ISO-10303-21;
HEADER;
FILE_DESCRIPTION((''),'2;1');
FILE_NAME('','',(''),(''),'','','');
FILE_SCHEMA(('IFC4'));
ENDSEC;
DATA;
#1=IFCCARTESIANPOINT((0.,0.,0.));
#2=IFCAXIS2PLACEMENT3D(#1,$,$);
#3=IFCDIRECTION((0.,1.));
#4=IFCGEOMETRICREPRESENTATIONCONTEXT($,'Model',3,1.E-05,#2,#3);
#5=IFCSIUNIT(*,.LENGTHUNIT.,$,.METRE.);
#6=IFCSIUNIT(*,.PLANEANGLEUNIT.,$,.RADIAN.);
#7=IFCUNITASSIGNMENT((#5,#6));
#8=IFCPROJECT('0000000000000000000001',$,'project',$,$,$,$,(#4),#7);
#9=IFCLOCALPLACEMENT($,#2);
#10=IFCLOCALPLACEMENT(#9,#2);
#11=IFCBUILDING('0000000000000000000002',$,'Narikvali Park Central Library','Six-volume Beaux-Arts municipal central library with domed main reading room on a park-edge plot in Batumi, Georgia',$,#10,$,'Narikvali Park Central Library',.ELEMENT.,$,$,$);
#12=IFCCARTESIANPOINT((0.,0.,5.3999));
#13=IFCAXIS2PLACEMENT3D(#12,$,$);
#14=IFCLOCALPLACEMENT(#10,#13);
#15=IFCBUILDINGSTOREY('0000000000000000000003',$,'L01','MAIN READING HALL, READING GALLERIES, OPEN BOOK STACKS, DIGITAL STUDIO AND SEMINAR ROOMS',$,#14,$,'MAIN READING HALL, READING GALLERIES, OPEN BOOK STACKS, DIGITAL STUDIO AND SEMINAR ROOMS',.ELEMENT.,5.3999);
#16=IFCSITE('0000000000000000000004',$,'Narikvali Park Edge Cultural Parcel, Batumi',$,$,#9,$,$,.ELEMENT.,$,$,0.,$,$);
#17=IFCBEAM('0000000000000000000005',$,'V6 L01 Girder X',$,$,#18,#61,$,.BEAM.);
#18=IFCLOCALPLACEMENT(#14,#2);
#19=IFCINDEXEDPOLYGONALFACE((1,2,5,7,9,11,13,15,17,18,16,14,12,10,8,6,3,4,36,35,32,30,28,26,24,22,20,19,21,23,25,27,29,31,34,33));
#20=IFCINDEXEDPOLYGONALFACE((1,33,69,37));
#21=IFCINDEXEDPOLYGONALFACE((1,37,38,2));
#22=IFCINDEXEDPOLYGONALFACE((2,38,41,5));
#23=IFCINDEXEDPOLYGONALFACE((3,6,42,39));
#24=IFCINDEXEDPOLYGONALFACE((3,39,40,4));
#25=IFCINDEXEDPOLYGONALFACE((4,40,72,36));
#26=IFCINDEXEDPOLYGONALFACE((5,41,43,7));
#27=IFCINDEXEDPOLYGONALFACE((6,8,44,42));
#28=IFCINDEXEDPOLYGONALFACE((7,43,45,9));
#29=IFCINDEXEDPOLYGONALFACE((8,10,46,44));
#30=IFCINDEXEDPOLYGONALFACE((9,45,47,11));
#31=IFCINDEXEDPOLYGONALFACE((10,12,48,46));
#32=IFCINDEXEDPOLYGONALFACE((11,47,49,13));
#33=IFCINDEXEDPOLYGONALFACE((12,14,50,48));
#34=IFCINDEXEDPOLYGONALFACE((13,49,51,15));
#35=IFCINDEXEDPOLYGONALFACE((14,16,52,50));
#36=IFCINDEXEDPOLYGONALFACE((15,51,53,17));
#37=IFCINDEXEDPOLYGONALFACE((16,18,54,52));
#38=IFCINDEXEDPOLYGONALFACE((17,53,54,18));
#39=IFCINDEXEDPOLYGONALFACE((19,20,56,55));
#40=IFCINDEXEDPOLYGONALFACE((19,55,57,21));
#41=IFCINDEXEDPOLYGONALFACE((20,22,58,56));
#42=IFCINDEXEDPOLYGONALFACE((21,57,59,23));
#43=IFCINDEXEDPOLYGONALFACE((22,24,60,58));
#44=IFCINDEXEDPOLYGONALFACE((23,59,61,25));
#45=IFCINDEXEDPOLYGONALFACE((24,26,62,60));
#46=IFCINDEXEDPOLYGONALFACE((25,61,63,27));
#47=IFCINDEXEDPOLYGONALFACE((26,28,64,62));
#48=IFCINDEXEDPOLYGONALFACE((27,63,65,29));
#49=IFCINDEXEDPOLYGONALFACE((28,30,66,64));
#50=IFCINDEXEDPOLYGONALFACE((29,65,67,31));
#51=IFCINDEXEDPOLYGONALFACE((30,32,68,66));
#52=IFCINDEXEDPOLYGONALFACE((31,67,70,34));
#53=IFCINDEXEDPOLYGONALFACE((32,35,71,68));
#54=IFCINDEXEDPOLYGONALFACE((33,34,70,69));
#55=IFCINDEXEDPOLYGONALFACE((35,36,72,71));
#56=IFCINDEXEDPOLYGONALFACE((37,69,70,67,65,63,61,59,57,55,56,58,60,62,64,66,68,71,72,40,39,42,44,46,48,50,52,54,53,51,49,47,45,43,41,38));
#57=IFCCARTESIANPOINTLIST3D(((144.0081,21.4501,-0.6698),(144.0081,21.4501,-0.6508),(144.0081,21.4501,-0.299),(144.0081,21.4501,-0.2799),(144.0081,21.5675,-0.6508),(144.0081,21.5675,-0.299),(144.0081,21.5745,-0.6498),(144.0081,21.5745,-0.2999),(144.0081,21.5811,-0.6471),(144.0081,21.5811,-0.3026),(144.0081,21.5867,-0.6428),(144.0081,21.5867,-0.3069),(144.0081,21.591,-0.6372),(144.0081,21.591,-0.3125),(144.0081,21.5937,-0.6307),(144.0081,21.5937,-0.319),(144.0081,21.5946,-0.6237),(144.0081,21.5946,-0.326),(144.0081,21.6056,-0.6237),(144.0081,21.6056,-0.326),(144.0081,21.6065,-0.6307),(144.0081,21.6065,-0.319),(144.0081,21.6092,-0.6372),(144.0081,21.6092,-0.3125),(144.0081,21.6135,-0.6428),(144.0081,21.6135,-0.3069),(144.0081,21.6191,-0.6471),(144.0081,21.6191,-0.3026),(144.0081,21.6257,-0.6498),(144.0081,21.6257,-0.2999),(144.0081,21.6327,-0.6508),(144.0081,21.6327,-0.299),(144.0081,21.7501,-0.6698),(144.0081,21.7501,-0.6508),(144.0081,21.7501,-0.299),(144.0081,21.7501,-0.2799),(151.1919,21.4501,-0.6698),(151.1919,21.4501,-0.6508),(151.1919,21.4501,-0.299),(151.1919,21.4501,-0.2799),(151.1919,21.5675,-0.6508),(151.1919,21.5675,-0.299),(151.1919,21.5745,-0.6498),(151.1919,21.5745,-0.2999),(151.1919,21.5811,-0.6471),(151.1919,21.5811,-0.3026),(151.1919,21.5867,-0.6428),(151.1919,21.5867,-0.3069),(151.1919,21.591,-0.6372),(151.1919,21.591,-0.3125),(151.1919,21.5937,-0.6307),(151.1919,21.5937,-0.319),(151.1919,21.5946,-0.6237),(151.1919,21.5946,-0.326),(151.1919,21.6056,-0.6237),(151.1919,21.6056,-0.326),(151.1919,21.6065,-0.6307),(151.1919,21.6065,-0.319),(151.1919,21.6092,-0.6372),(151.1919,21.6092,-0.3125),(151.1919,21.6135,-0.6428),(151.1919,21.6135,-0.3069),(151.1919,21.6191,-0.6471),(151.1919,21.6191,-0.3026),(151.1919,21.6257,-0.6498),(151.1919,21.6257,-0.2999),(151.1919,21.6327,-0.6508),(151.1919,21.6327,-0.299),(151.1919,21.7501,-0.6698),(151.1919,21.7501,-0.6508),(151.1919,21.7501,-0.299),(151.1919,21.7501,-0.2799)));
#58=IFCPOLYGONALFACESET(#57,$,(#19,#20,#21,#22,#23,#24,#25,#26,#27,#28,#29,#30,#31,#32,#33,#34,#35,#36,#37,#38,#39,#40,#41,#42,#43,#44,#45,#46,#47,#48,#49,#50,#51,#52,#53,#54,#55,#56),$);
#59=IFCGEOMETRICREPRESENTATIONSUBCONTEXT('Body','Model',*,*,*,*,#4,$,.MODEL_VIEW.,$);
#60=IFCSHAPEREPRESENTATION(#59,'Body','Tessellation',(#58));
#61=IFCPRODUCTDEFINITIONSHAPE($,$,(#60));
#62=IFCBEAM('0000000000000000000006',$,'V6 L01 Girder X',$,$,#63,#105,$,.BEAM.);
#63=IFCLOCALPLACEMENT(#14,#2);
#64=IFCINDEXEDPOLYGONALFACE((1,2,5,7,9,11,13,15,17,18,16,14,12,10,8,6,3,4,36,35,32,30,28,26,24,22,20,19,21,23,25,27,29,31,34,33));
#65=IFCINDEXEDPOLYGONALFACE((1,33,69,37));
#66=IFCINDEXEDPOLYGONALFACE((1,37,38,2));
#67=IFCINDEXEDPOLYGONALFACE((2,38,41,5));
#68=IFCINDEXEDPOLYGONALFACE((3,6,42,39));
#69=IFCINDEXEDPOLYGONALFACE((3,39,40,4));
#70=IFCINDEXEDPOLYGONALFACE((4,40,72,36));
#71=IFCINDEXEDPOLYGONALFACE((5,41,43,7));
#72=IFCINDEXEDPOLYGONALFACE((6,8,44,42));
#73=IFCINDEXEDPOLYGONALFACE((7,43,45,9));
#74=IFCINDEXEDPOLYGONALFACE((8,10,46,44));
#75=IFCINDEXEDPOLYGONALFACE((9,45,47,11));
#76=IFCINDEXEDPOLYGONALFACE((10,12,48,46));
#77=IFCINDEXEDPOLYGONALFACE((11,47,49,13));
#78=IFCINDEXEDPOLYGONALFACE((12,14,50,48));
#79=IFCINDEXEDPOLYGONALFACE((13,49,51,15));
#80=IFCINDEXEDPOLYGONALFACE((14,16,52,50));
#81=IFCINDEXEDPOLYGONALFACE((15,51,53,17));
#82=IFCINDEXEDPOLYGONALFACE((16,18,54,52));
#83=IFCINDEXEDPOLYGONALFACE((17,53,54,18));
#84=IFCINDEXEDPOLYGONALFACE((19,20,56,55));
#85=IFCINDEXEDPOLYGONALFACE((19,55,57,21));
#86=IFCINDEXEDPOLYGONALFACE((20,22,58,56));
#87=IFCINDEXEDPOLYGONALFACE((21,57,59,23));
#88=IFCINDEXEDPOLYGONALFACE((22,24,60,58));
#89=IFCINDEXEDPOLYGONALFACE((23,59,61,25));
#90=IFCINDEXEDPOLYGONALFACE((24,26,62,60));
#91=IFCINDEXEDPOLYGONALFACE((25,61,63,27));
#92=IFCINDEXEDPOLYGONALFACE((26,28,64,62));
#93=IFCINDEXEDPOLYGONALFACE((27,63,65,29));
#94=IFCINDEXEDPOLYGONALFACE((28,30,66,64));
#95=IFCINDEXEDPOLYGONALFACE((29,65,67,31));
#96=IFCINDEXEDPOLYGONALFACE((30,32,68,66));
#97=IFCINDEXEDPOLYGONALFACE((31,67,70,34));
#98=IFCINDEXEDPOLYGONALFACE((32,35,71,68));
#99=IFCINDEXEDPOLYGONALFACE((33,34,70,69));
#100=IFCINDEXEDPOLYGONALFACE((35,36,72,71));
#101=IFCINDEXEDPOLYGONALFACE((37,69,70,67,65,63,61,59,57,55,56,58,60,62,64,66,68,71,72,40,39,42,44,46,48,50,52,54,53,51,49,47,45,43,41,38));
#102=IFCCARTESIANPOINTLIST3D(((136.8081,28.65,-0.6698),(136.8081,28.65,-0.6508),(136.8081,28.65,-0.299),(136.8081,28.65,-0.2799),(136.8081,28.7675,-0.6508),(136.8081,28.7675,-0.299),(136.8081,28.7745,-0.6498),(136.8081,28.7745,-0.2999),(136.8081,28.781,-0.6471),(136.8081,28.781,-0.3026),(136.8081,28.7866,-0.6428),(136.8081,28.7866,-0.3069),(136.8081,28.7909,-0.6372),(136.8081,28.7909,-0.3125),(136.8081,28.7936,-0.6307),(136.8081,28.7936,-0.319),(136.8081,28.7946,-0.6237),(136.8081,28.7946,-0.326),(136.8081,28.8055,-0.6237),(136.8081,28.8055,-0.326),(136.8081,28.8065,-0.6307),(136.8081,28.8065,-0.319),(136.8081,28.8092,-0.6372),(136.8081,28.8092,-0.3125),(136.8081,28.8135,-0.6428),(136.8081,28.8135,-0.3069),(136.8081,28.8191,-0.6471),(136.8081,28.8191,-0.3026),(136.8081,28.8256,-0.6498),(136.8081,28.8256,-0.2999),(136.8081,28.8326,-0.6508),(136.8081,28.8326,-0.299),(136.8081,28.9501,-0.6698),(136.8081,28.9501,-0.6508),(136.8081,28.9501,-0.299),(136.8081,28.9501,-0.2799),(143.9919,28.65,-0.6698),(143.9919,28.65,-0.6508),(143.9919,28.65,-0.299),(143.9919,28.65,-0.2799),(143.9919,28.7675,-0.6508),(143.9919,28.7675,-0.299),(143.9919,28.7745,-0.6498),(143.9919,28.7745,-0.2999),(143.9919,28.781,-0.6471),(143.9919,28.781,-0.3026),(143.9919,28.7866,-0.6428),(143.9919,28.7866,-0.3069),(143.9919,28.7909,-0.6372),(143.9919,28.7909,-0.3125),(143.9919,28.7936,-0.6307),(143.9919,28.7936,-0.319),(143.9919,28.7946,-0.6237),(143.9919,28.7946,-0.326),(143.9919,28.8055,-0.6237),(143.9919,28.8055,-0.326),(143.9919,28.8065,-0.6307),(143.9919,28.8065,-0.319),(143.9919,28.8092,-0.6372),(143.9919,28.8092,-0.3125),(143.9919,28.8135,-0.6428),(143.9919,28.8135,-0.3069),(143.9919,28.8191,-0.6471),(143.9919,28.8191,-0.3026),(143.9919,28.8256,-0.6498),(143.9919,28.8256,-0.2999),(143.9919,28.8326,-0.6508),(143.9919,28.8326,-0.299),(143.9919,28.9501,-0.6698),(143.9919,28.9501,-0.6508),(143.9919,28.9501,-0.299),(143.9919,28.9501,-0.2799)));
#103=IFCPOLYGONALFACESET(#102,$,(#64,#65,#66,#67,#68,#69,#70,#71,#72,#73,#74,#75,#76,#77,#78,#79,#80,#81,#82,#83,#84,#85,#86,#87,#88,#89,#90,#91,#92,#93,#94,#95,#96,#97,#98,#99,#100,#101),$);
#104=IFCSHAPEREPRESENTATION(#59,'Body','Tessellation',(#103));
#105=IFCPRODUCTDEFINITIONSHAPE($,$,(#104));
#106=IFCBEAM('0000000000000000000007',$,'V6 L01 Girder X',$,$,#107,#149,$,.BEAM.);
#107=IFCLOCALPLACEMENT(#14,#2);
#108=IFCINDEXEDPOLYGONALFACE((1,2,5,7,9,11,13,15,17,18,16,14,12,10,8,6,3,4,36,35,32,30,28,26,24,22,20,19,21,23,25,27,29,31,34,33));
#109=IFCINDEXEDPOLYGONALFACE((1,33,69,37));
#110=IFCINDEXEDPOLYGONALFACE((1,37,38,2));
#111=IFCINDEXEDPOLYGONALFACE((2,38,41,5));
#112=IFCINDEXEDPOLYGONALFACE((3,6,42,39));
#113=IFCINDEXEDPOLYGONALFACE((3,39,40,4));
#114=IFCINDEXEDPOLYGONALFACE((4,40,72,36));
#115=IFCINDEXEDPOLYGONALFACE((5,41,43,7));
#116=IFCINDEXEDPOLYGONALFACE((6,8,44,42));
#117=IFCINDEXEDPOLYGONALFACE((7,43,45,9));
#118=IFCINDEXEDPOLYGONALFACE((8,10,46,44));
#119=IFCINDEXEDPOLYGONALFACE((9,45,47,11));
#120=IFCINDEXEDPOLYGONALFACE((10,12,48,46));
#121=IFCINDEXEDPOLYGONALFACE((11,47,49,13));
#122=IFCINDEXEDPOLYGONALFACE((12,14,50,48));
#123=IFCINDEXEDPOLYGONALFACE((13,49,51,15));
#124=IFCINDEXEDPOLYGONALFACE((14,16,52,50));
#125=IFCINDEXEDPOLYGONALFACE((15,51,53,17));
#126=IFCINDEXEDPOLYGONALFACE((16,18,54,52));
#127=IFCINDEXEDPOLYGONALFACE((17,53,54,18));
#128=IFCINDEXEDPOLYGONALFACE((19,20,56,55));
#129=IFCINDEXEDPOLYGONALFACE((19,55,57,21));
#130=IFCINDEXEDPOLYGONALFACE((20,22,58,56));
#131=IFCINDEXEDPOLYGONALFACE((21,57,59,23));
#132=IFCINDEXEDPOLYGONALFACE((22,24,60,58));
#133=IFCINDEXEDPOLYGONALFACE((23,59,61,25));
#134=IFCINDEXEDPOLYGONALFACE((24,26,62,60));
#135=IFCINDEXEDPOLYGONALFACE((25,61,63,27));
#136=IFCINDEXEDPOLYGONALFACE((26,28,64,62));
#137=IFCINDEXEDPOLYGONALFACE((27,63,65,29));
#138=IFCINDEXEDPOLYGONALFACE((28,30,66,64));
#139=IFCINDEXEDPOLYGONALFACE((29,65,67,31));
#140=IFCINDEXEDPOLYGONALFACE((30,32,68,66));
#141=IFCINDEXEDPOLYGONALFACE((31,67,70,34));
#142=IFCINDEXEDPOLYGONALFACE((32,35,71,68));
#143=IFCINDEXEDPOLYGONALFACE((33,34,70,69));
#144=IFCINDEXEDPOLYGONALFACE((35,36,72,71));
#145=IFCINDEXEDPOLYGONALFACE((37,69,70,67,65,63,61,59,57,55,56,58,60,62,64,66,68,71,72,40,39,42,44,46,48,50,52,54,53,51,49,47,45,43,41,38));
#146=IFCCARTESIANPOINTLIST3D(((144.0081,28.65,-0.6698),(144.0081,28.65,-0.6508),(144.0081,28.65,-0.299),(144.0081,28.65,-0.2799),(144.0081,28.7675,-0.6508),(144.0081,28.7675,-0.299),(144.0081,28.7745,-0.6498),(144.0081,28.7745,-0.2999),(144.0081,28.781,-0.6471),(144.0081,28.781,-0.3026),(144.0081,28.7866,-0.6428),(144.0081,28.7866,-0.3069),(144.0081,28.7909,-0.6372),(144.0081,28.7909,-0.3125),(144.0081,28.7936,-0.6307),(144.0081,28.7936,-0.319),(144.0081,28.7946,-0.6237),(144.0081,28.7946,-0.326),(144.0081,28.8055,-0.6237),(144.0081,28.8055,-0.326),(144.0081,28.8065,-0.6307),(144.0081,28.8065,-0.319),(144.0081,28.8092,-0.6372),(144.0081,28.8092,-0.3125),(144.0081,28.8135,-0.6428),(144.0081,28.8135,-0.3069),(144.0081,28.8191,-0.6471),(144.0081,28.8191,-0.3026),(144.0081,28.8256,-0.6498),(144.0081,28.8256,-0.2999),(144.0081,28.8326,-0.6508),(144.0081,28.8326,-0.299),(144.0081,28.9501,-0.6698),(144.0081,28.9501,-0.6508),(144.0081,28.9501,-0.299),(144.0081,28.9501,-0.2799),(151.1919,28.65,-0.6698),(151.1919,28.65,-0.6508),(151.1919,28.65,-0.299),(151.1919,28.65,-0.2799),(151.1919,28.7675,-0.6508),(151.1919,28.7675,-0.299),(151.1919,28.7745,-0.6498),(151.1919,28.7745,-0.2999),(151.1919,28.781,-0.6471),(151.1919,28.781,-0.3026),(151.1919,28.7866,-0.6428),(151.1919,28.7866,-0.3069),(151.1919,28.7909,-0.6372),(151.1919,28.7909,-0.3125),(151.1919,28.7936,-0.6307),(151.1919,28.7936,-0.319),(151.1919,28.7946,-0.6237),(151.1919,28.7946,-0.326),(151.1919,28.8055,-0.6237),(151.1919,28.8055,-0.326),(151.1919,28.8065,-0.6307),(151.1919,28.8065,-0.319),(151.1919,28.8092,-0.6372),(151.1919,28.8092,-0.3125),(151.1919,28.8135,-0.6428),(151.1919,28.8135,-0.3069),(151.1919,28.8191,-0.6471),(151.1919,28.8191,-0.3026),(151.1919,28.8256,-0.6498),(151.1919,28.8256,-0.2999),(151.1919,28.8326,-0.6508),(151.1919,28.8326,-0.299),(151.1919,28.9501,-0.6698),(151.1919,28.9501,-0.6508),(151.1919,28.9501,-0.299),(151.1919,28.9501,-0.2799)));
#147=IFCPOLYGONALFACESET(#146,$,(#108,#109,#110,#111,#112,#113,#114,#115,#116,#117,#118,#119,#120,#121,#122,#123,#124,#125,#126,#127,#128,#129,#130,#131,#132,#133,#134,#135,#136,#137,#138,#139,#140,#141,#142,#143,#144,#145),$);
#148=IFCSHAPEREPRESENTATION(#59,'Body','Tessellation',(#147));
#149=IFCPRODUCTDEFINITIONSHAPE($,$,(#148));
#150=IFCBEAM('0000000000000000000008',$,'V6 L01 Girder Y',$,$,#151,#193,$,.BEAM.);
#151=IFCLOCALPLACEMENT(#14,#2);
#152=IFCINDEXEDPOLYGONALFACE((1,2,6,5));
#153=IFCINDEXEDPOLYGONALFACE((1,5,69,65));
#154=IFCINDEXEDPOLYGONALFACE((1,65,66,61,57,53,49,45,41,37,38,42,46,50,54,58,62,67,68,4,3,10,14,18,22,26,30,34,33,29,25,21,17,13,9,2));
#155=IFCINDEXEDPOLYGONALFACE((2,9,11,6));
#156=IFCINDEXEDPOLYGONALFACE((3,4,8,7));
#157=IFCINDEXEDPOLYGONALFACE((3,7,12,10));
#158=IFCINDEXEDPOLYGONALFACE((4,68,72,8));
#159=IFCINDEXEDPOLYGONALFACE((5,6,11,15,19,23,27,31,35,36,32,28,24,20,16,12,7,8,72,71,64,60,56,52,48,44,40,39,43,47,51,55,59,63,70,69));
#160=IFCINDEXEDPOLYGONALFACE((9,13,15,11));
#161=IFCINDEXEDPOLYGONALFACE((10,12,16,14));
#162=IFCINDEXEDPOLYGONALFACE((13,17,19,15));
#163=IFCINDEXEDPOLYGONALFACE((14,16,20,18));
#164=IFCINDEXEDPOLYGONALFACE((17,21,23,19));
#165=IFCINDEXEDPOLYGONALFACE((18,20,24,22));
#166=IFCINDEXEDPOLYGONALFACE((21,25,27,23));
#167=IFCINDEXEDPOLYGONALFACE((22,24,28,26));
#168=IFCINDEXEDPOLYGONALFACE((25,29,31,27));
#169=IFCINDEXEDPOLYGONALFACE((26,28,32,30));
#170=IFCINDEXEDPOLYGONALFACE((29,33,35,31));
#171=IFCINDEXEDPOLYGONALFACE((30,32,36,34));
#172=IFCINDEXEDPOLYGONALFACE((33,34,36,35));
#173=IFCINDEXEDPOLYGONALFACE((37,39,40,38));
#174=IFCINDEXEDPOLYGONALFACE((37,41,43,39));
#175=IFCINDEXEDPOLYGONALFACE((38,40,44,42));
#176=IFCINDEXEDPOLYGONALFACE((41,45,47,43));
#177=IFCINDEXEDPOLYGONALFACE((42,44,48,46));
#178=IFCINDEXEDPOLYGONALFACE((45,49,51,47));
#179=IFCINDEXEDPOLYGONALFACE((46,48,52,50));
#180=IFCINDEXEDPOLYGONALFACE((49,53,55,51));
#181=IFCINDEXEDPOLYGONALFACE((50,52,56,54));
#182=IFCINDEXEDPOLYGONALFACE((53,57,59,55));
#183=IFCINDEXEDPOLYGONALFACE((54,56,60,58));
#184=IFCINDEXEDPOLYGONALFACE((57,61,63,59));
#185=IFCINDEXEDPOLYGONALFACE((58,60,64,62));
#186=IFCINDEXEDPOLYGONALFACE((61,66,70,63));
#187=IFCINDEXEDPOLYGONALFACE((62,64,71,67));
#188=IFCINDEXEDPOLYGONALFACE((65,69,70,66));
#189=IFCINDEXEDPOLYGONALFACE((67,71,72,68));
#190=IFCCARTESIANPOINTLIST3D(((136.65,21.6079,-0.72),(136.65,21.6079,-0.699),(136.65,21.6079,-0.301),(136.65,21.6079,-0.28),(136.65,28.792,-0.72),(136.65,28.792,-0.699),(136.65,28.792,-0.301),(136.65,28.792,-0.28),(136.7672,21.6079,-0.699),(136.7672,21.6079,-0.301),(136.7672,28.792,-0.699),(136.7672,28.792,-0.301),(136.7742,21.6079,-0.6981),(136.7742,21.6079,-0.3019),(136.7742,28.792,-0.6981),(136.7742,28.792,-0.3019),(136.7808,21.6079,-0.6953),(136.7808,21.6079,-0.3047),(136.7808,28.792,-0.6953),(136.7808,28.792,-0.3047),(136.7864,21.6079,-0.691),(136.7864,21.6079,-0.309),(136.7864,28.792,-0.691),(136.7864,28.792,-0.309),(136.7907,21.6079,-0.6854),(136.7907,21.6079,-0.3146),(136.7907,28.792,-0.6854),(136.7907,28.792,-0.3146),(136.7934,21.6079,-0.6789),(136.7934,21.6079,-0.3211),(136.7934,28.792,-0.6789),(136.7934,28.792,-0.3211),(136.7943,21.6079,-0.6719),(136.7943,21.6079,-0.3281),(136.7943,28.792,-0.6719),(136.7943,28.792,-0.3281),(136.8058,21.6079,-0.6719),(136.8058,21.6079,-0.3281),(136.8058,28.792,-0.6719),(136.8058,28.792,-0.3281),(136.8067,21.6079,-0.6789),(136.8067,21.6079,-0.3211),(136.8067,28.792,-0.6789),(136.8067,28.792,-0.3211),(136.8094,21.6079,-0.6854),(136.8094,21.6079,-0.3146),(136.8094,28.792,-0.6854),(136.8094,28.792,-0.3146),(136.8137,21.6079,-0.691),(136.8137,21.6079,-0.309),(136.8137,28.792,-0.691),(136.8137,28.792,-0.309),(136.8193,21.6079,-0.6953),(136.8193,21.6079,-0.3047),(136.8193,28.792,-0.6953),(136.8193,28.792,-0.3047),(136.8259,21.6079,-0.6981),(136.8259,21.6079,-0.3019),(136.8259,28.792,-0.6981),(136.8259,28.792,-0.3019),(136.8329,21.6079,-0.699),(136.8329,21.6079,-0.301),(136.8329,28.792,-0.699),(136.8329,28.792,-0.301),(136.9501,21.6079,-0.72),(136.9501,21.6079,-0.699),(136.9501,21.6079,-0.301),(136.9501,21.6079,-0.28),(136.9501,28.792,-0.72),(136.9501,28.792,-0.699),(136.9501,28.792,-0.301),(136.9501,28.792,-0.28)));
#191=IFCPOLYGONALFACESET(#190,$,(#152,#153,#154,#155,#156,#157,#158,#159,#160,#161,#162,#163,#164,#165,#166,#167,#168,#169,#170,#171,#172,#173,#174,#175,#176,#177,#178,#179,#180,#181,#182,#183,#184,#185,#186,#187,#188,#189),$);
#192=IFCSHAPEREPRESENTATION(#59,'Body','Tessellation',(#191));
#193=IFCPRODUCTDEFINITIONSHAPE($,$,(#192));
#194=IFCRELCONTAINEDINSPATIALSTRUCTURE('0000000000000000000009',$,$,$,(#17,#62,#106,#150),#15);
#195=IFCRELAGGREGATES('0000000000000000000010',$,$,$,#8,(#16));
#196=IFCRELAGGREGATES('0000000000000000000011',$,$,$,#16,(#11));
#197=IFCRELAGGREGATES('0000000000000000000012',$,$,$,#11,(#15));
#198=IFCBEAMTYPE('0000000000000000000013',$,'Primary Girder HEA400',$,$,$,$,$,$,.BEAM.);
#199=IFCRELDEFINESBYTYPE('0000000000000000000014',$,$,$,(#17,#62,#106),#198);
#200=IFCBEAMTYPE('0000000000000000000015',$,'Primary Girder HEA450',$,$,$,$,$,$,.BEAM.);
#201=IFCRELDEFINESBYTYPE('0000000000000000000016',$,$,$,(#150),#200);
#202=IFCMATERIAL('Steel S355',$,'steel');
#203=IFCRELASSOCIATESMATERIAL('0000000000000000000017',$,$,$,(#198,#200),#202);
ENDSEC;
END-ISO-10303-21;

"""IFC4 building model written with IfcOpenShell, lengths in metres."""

from ifc_helpers import new_model, si_unit, direction, frame, origin, origin_2d, place, context, subcontext, project, spatial, i_section, extrude, material, material_profile, profile_set, type_object, element, save


model = new_model("IFC4")

# Units and contexts
model_context = context("Model", 3, precision=1e-05, world=origin(), true_north=direction((0.0, 1.0)))
body_context = subcontext(model_context, "Body", "Model", "MODEL_VIEW")
ifc_project = project(units=[si_unit("LENGTHUNIT", "METRE"), si_unit("PLANEANGLEUNIT", "RADIAN")], contexts=[model_context])

# Site, building, storey
site_placement = place(None, origin())
site = spatial("IfcSite", under=ifc_project, at=site_placement, Name="Narikvali Park Edge Cultural Parcel, Batumi", CompositionType="ELEMENT", RefElevation=0.0)
building_placement = place(site_placement, origin())
building = spatial("IfcBuilding", under=site, at=building_placement, Name="Narikvali Park Central Library", Description="Six-volume Beaux-Arts municipal central library with domed main reading room on a park-edge plot in Batumi, Georgia", LongName="Narikvali Park Central Library", CompositionType="ELEMENT")
storey_placement = place(building_placement, frame((0.0, 0.0, 5.3999)))
storey = spatial("IfcBuildingStorey", under=building, at=storey_placement, Name="L01", Description="MAIN READING HALL, READING GALLERIES, OPEN BOOK STACKS, DIGITAL STUDIO AND SEMINAR ROOMS", LongName="MAIN READING HALL, READING GALLERIES, OPEN BOOK STACKS, DIGITAL STUDIO AND SEMINAR ROOMS", CompositionType="ELEMENT", Elevation=5.3999)

# Shared definitions
ifc_material_1 = material(Name="Steel S355", Category="steel")

# Beams
ifc_material_profile_1 = material_profile(ifc_material_1, i_section(OverallWidth=0.3, OverallDepth=0.3899, WebThickness=0.011, FlangeThickness=0.019, FilletRadius=0.0271, at=origin_2d()), Name="HEA 400")
ifc_profile_set_1 = profile_set([ifc_material_profile_1], Name="Steel S355")
beam_type_1 = type_object("IfcBeamType", Name="Primary Girder HEA400", PredefinedType="BEAM", material=ifc_profile_set_1)
for number, where, z_axis, x_axis, name in (
    (1, (144.0081, 21.6001, -0.4749), (1.0, 0.0, 0.0), (0.0, 1.0, 0.0), "V6 L01 Girder X"),
    (2, (136.8081, 28.8, -0.4749), (1.0, 0.0, 0.0), (0.0, 1.0, 0.0), "V6 L01 Girder X"),
    (3, (144.0081, 28.8, -0.4749), (1.0, 0.0, 0.0), (0.0, 1.0, 0.0), "V6 L01 Girder X"),
):
    element("IfcBeam", number, at=place(storey_placement, frame(where, z_axis=z_axis, x_axis=x_axis)), inside=storey, type_object=beam_type_1, Name=name, PredefinedType="BEAM", context=body_context, shape_type="SweptSolid", body=[
        extrude(i_section(OverallWidth=0.3, OverallDepth=0.3899, WebThickness=0.011, FlangeThickness=0.019, FilletRadius=0.0271, at=origin_2d()), origin(), (0.0, 0.0, 1.0), 7.1838),
    ])
ifc_material_profile_2 = material_profile(ifc_material_1, i_section(OverallWidth=0.3, OverallDepth=0.4399, WebThickness=0.0115, FlangeThickness=0.021, FilletRadius=0.0271, at=origin_2d()), Name="HEA 450")
ifc_profile_set_2 = profile_set([ifc_material_profile_2], Name="Steel S355")
beam_type_2 = type_object("IfcBeamType", Name="Primary Girder HEA450", PredefinedType="BEAM", material=ifc_profile_set_2)
beam_1_placement = place(storey_placement, frame((136.8, 21.6079, -0.5), z_axis=(0.0, 1.0, 0.0), x_axis=(-1.0, 0.0, 0.0)))
element("IfcBeam", 4, at=beam_1_placement, inside=storey, type_object=beam_type_2, Name="V6 L01 Girder Y", PredefinedType="BEAM", context=body_context, shape_type="SweptSolid", body=[
    extrude(i_section(OverallWidth=0.3, OverallDepth=0.4399, WebThickness=0.0115, FlangeThickness=0.021, FilletRadius=0.0271, at=origin_2d()), origin(), (0.0, 0.0, 1.0), 7.1841),
])

save(model, "model.ifc")
